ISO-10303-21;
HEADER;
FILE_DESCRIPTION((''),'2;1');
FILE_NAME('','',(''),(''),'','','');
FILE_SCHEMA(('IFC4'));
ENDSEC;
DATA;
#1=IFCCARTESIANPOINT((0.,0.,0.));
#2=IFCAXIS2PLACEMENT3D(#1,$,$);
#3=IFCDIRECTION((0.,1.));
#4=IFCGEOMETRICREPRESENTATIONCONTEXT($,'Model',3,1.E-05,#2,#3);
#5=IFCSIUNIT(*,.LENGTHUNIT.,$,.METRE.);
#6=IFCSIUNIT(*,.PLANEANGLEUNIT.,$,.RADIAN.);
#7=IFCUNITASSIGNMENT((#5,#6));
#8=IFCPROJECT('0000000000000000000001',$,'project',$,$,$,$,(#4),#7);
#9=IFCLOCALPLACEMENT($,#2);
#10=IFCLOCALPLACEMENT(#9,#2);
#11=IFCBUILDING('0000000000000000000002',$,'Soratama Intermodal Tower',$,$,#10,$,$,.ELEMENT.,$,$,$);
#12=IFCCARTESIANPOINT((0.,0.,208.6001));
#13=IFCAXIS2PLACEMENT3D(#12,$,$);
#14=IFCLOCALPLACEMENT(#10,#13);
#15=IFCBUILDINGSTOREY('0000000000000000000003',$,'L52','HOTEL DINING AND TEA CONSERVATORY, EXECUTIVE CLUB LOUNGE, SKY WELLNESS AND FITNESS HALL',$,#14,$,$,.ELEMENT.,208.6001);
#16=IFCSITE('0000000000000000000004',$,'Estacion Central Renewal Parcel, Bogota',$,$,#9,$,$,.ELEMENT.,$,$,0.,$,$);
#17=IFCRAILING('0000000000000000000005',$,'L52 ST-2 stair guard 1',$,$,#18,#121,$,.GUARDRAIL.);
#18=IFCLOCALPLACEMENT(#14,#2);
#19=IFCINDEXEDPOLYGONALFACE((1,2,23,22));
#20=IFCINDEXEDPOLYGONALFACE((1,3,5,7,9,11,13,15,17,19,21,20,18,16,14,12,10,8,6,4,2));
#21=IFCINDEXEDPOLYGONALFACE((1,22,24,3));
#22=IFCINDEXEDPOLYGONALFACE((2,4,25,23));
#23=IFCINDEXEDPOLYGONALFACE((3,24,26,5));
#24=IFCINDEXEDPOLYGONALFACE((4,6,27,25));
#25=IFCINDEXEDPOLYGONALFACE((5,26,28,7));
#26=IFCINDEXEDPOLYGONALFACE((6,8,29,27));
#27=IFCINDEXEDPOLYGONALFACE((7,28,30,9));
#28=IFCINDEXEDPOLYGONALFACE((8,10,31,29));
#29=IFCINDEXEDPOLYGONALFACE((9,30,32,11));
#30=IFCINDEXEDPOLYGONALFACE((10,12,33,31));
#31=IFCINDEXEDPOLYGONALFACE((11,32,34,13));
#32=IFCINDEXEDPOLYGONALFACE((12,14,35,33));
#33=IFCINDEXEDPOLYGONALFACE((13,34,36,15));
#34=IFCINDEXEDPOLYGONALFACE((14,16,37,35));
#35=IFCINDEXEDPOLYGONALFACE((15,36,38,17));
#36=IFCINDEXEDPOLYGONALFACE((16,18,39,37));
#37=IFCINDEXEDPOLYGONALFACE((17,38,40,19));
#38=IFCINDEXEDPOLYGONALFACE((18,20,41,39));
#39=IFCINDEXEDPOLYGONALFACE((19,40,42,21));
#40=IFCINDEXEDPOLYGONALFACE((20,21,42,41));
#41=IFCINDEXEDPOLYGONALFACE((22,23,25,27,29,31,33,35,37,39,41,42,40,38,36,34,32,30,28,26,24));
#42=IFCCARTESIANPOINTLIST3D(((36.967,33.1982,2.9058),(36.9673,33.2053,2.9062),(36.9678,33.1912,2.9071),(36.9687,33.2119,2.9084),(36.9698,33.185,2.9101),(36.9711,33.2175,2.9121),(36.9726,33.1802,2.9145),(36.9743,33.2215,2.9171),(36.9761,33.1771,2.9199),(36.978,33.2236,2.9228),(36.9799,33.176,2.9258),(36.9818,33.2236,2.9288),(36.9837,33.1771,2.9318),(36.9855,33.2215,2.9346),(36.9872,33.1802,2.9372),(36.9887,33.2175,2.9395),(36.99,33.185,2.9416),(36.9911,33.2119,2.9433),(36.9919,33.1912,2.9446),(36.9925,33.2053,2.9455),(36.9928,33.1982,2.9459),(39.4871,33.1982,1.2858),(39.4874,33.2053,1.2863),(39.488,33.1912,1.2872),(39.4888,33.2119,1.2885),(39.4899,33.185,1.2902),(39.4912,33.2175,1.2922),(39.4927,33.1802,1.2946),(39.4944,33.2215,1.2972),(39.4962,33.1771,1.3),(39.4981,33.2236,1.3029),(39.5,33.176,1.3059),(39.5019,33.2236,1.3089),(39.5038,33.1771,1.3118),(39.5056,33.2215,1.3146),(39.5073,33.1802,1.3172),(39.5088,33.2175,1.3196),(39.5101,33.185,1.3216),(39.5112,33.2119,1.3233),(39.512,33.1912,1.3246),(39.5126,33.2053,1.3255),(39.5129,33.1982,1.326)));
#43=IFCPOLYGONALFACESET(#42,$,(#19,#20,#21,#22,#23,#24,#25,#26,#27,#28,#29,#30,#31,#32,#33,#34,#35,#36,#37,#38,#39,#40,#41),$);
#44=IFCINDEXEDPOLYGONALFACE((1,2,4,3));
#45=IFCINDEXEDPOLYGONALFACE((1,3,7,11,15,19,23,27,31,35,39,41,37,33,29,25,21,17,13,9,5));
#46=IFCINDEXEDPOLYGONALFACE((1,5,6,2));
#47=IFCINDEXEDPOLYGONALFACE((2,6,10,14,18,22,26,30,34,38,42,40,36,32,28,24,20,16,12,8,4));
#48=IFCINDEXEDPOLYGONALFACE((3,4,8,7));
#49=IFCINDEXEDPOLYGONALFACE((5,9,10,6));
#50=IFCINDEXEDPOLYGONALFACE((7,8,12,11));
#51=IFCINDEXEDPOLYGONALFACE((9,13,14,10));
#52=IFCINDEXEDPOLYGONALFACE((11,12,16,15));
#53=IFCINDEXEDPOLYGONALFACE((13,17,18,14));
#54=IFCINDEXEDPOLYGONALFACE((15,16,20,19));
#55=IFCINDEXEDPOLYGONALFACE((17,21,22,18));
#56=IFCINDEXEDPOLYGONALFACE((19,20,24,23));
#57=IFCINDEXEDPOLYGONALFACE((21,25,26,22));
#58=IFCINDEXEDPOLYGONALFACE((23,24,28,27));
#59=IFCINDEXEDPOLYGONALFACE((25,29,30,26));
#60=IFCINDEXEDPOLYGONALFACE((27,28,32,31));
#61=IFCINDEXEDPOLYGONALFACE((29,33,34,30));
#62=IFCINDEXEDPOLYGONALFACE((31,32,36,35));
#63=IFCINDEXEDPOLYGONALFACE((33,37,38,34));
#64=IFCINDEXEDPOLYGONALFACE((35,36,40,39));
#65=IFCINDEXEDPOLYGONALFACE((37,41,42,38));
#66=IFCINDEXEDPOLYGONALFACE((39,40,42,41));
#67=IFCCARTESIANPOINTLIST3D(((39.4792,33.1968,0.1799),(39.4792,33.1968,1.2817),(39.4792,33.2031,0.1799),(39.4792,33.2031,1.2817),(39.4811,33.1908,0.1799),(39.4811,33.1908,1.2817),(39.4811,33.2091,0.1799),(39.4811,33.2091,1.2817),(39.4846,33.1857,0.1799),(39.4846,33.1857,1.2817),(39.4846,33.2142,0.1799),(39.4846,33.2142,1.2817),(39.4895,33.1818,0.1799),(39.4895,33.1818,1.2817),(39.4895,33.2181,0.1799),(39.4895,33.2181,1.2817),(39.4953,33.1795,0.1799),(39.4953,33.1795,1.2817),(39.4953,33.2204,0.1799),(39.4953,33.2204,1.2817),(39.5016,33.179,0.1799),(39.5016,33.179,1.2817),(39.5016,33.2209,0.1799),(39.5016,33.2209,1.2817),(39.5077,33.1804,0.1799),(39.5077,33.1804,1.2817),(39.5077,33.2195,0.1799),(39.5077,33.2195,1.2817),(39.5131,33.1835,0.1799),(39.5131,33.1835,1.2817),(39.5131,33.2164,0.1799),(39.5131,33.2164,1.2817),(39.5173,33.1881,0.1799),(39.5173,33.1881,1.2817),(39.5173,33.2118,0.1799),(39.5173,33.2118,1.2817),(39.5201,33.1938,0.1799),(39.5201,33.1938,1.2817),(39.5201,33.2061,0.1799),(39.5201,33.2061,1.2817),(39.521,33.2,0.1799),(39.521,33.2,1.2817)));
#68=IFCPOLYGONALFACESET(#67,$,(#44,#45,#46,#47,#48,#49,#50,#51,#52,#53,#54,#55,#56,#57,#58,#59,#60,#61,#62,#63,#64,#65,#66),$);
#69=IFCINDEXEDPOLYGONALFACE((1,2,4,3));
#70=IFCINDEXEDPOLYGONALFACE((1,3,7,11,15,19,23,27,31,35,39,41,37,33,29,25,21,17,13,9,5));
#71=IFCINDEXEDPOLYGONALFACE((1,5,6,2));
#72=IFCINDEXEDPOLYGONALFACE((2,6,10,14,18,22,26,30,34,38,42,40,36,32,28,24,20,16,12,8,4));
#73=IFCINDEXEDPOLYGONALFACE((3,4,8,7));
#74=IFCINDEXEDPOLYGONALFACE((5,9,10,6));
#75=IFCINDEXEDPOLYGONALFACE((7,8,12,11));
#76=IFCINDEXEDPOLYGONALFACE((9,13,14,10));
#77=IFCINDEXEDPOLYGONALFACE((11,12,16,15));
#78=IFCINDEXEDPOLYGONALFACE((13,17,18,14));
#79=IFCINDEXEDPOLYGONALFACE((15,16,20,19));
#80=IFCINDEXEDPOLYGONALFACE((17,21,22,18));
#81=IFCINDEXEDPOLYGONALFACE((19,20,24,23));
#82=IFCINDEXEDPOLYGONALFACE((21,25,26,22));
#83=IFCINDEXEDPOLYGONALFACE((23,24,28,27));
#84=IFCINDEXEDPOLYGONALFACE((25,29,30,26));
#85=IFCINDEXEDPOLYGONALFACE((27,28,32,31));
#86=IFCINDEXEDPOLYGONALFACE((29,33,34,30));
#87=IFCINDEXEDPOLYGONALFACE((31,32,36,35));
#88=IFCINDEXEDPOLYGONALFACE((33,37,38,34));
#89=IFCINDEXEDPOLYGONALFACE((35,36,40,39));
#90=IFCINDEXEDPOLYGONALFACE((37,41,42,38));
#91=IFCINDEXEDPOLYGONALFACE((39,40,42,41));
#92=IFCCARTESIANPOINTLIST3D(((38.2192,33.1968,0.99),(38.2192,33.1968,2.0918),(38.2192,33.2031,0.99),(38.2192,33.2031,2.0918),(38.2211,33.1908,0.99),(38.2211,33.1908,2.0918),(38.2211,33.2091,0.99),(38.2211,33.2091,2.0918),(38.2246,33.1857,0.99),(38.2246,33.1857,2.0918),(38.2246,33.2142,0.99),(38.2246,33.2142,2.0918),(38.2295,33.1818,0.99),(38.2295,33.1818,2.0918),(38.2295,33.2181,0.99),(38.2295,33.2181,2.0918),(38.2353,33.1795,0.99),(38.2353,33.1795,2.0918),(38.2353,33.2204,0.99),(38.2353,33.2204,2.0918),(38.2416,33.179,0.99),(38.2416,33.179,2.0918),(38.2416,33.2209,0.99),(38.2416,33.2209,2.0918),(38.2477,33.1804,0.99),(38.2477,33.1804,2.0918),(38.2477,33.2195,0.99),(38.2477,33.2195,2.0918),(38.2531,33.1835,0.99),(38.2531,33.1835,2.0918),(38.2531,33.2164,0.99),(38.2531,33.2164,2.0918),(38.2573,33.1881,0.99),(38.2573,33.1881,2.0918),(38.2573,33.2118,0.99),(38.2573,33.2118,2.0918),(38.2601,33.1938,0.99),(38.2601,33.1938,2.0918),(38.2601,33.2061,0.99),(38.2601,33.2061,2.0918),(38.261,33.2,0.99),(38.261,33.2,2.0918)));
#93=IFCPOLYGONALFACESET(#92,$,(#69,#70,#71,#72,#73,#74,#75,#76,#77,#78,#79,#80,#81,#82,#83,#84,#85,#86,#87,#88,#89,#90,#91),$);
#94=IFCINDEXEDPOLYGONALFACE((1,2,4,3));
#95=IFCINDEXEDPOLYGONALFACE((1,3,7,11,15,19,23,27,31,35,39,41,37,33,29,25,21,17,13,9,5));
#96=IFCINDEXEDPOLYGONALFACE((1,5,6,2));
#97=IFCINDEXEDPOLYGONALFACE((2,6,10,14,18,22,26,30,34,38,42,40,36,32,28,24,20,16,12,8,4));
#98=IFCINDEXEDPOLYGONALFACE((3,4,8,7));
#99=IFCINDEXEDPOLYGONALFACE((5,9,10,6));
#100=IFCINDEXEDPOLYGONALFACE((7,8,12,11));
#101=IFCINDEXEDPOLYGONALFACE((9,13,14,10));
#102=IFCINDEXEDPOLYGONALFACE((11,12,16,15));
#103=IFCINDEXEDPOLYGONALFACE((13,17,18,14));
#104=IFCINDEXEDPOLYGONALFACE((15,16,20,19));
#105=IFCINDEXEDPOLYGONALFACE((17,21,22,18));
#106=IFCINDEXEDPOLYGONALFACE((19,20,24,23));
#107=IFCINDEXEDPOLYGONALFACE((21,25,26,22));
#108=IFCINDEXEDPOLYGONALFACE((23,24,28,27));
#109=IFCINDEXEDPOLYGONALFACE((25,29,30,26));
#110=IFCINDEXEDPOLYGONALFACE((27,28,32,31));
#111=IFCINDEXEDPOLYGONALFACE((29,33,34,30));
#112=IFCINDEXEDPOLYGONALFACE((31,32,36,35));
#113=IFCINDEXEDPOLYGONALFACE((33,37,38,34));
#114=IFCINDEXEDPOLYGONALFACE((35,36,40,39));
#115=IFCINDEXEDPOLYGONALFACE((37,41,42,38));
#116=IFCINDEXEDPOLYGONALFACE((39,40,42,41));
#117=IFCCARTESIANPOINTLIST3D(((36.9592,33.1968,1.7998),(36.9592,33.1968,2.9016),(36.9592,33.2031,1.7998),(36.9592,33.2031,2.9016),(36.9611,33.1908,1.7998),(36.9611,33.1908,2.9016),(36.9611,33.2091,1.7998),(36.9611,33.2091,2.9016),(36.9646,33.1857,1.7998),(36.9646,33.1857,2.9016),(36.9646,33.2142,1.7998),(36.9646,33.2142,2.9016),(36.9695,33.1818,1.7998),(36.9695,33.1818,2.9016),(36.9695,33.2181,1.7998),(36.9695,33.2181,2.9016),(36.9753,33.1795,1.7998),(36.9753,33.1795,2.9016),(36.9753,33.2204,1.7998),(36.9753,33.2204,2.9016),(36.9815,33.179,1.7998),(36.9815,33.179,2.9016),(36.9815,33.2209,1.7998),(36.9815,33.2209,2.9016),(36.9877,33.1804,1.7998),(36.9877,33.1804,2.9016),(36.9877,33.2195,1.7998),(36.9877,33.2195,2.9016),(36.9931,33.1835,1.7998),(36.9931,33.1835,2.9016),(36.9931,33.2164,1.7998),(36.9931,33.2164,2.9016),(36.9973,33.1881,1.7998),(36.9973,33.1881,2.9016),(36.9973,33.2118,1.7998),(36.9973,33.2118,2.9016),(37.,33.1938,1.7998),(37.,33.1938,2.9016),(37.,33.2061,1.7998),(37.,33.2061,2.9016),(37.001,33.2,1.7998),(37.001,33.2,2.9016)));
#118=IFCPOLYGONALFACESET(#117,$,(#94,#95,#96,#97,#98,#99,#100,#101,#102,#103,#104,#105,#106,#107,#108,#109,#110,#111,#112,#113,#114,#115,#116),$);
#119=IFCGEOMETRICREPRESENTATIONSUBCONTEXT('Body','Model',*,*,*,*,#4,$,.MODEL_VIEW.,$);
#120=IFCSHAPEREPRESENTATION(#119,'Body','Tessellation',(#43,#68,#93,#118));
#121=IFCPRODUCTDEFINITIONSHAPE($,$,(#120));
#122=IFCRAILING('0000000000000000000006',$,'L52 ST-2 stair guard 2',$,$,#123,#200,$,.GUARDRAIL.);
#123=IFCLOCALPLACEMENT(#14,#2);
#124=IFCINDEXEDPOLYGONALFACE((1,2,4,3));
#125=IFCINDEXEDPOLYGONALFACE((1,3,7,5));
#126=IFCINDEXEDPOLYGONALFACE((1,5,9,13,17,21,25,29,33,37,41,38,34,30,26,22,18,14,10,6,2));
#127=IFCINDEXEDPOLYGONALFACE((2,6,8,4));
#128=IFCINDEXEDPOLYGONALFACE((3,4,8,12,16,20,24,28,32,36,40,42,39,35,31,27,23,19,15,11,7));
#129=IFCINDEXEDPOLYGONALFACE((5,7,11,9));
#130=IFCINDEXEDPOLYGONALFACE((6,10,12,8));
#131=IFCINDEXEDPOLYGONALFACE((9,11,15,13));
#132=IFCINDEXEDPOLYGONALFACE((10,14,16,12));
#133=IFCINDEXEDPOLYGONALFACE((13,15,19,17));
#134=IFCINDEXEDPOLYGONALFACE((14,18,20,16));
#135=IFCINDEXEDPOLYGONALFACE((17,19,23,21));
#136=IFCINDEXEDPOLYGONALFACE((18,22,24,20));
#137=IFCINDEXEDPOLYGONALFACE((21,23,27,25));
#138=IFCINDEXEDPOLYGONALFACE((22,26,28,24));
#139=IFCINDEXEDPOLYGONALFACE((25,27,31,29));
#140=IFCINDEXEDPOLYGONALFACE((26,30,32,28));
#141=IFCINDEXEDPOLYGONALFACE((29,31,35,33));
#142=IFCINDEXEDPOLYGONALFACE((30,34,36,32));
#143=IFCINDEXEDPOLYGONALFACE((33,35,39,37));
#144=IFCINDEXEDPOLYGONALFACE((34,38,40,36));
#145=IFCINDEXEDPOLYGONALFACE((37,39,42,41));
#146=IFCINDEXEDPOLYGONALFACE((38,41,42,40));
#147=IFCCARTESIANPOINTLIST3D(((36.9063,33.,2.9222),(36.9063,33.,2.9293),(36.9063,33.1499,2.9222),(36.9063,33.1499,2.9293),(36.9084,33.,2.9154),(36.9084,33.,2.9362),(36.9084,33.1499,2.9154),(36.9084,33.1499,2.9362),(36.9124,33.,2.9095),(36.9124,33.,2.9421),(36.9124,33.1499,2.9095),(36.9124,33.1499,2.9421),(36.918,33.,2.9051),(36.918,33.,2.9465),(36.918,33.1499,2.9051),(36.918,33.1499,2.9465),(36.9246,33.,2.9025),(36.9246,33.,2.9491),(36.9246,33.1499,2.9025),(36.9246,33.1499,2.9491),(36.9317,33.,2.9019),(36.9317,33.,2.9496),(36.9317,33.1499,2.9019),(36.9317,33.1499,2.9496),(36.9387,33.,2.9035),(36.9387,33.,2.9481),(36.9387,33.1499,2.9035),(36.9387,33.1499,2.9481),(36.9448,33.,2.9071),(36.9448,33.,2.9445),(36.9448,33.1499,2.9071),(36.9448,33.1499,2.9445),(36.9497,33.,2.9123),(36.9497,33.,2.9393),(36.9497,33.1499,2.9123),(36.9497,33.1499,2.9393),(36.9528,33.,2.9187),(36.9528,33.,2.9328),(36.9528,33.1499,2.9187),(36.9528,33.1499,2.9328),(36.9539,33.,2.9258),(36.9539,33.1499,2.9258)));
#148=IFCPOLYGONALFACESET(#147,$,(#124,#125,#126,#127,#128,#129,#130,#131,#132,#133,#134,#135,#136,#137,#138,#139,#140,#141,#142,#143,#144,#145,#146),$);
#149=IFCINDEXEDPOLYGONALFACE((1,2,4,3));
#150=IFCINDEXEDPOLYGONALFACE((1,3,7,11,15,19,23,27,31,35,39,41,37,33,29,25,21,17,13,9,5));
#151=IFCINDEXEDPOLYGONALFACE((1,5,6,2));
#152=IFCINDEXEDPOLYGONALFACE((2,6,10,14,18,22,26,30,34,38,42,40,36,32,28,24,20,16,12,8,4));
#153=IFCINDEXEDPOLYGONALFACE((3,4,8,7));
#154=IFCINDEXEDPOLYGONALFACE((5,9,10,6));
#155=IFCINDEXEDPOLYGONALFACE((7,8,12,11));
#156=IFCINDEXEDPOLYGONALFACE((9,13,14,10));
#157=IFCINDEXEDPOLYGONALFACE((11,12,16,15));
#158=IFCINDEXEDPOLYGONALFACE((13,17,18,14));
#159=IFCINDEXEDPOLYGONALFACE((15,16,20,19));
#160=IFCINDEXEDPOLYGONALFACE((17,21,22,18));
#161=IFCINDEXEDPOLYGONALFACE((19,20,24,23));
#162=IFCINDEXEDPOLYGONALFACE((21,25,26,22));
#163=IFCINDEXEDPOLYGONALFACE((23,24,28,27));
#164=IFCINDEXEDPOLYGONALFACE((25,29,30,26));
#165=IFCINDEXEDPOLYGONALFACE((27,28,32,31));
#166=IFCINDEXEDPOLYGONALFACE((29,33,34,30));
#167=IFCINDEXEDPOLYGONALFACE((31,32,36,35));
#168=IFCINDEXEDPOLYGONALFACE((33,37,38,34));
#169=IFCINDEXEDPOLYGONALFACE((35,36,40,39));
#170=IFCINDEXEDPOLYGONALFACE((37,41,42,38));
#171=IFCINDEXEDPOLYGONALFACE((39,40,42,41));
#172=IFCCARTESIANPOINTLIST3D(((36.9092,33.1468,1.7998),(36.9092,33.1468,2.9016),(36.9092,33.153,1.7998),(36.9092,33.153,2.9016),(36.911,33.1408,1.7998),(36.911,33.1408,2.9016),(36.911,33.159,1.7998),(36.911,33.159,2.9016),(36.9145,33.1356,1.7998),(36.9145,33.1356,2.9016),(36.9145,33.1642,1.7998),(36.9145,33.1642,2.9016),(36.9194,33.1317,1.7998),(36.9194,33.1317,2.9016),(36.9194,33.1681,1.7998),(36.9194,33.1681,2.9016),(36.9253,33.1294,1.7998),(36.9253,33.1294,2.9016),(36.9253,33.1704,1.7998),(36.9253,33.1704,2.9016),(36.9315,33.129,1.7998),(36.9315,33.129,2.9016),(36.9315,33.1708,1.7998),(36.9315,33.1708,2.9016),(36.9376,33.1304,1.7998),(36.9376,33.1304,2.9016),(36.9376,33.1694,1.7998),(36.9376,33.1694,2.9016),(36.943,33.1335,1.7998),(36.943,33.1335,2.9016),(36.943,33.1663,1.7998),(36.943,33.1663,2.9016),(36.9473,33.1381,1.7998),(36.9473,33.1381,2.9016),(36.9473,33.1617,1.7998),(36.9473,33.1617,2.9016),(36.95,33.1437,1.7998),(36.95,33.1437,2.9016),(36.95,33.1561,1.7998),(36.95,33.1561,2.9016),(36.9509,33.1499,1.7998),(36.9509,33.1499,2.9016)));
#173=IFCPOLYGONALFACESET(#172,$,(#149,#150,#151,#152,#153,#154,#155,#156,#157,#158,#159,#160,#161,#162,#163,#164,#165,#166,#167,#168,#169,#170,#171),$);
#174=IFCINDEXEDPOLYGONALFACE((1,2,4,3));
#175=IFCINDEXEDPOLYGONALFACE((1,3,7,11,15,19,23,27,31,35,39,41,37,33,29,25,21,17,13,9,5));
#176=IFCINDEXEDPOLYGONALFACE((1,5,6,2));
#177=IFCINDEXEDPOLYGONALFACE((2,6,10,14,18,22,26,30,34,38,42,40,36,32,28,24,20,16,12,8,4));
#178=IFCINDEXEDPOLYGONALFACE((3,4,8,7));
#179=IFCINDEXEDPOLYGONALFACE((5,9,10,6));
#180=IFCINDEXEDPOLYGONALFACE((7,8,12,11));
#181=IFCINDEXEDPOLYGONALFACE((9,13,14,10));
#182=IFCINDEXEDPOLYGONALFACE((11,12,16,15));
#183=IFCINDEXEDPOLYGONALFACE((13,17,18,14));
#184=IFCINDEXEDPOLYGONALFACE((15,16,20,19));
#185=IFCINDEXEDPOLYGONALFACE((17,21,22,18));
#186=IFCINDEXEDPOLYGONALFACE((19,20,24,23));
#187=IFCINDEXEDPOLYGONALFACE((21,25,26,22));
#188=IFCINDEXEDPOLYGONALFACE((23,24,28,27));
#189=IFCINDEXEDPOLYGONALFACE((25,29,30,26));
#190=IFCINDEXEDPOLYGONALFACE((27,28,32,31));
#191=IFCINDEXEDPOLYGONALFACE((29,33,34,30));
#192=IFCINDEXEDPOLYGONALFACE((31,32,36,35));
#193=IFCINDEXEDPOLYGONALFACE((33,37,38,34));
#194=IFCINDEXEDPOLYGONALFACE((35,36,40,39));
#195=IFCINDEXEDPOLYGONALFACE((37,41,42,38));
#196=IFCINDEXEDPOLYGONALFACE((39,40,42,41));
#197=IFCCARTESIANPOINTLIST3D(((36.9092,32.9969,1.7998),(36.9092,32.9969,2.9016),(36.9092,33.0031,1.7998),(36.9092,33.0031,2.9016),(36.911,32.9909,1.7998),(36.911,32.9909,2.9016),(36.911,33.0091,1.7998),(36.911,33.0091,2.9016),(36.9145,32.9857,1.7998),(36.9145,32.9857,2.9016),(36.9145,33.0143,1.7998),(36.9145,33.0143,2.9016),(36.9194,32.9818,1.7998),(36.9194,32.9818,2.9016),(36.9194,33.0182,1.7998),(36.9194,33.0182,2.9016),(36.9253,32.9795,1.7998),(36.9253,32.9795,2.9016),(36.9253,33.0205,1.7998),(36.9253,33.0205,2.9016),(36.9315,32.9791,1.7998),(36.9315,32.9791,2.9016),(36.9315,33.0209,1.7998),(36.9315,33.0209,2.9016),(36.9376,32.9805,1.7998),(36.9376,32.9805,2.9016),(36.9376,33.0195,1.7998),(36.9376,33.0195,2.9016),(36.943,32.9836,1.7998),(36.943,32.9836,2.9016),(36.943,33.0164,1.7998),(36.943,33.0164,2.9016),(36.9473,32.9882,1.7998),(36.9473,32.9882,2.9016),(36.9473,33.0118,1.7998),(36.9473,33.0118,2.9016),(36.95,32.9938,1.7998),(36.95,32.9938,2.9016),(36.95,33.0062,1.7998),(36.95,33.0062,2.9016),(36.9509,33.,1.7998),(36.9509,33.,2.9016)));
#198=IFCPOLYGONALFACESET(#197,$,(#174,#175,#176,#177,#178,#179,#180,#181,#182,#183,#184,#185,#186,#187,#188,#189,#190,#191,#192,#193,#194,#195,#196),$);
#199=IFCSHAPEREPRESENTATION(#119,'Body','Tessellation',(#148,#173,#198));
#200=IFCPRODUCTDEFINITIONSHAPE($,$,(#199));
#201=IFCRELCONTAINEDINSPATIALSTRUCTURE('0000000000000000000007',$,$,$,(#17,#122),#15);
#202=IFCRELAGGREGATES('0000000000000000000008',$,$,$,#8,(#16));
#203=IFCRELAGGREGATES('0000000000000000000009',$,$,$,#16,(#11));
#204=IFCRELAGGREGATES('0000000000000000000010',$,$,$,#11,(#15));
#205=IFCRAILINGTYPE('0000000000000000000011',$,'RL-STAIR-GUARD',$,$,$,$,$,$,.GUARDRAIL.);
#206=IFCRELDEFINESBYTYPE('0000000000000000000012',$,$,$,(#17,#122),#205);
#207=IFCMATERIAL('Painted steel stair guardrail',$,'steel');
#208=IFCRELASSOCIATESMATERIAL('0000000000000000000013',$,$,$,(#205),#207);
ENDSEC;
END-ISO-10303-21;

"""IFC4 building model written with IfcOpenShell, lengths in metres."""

from ifc_helpers import new_model, si_unit, direction, frame, origin, origin_2d, place, context, subcontext, project, spatial, circle, extrude, material, type_object, element, save


model = new_model("IFC4")

# Units and contexts
model_context = context("Model", 3, precision=1e-05, world=origin(), true_north=direction((0.0, 1.0)))
body_context = subcontext(model_context, "Body", "Model", "MODEL_VIEW")
ifc_project = project(units=[si_unit("LENGTHUNIT", "METRE"), si_unit("PLANEANGLEUNIT", "RADIAN")], contexts=[model_context])

# Site, building, storey
site_placement = place(None, origin())
site = spatial("IfcSite", under=ifc_project, at=site_placement, Name="Estacion Central Renewal Parcel, Bogota", CompositionType="ELEMENT", RefElevation=0.0)
building_placement = place(site_placement, origin())
building = spatial("IfcBuilding", under=site, at=building_placement, Name="Soratama Intermodal Tower", CompositionType="ELEMENT")
storey_placement = place(building_placement, frame((0.0, 0.0, 208.6001)))
storey = spatial("IfcBuildingStorey", under=building, at=storey_placement, Name="L52", Description="HOTEL DINING AND TEA CONSERVATORY, EXECUTIVE CLUB LOUNGE, SKY WELLNESS AND FITNESS HALL", CompositionType="ELEMENT", Elevation=208.6001)

# Railings
ifc_material_1 = material(Name="Painted steel stair guardrail", Category="steel")
railing_type_1 = type_object("IfcRailingType", Name="RL-STAIR-GUARD", PredefinedType="GUARDRAIL", material=ifc_material_1)
railing_1_placement = place(storey_placement, frame((39.5, 33.2, 0.1799)))
element("IfcRailing", 1, at=railing_1_placement, inside=storey, type_object=railing_type_1, Name="L52 ST-2 stair guard 1", PredefinedType="GUARDRAIL", context=body_context, shape_type="SweptSolid", body=[
    extrude(circle(Radius=0.0239, at=origin_2d()), frame((0.0, 0.0, 1.126), z_axis=(-0.8412, 0.0, 0.540725), x_axis=(0.0, -1.0, 0.0)), (0.0, 0.0, 1.0), 2.9958),
    extrude(circle(Radius=0.021, at=origin_2d()), origin(), (0.0, 0.0, 1.0), 1.1018),
    extrude(circle(Radius=0.021, at=origin_2d()), frame((-1.26, 0.0, 0.8101)), (0.0, 0.0, 1.0), 1.1018),
    extrude(circle(Radius=0.021, at=origin_2d()), frame((-2.52, 0.0, 1.6199)), (0.0, 0.0, 1.0), 1.1018),
])
railing_2_placement = place(storey_placement, frame((36.9299, 33.1499, 1.7998)))
element("IfcRailing", 2, at=railing_2_placement, inside=storey, type_object=railing_type_1, Name="L52 ST-2 stair guard 2", PredefinedType="GUARDRAIL", context=body_context, shape_type="SweptSolid", body=[
    extrude(circle(Radius=0.0239, at=origin_2d()), frame((0.0, 0.0, 1.126), z_axis=(0.0, -1.0, 0.0), x_axis=(1.0, 0.0, 0.0)), (0.0, 0.0, 1.0), 0.1499),
    extrude(circle(Radius=0.021, at=origin_2d()), origin(), (0.0, 0.0, 1.0), 1.1018),
    extrude(circle(Radius=0.021, at=origin_2d()), frame((0.0, -0.1499, 0.0)), (0.0, 0.0, 1.0), 1.1018),
])

save(model, "model.ifc")
